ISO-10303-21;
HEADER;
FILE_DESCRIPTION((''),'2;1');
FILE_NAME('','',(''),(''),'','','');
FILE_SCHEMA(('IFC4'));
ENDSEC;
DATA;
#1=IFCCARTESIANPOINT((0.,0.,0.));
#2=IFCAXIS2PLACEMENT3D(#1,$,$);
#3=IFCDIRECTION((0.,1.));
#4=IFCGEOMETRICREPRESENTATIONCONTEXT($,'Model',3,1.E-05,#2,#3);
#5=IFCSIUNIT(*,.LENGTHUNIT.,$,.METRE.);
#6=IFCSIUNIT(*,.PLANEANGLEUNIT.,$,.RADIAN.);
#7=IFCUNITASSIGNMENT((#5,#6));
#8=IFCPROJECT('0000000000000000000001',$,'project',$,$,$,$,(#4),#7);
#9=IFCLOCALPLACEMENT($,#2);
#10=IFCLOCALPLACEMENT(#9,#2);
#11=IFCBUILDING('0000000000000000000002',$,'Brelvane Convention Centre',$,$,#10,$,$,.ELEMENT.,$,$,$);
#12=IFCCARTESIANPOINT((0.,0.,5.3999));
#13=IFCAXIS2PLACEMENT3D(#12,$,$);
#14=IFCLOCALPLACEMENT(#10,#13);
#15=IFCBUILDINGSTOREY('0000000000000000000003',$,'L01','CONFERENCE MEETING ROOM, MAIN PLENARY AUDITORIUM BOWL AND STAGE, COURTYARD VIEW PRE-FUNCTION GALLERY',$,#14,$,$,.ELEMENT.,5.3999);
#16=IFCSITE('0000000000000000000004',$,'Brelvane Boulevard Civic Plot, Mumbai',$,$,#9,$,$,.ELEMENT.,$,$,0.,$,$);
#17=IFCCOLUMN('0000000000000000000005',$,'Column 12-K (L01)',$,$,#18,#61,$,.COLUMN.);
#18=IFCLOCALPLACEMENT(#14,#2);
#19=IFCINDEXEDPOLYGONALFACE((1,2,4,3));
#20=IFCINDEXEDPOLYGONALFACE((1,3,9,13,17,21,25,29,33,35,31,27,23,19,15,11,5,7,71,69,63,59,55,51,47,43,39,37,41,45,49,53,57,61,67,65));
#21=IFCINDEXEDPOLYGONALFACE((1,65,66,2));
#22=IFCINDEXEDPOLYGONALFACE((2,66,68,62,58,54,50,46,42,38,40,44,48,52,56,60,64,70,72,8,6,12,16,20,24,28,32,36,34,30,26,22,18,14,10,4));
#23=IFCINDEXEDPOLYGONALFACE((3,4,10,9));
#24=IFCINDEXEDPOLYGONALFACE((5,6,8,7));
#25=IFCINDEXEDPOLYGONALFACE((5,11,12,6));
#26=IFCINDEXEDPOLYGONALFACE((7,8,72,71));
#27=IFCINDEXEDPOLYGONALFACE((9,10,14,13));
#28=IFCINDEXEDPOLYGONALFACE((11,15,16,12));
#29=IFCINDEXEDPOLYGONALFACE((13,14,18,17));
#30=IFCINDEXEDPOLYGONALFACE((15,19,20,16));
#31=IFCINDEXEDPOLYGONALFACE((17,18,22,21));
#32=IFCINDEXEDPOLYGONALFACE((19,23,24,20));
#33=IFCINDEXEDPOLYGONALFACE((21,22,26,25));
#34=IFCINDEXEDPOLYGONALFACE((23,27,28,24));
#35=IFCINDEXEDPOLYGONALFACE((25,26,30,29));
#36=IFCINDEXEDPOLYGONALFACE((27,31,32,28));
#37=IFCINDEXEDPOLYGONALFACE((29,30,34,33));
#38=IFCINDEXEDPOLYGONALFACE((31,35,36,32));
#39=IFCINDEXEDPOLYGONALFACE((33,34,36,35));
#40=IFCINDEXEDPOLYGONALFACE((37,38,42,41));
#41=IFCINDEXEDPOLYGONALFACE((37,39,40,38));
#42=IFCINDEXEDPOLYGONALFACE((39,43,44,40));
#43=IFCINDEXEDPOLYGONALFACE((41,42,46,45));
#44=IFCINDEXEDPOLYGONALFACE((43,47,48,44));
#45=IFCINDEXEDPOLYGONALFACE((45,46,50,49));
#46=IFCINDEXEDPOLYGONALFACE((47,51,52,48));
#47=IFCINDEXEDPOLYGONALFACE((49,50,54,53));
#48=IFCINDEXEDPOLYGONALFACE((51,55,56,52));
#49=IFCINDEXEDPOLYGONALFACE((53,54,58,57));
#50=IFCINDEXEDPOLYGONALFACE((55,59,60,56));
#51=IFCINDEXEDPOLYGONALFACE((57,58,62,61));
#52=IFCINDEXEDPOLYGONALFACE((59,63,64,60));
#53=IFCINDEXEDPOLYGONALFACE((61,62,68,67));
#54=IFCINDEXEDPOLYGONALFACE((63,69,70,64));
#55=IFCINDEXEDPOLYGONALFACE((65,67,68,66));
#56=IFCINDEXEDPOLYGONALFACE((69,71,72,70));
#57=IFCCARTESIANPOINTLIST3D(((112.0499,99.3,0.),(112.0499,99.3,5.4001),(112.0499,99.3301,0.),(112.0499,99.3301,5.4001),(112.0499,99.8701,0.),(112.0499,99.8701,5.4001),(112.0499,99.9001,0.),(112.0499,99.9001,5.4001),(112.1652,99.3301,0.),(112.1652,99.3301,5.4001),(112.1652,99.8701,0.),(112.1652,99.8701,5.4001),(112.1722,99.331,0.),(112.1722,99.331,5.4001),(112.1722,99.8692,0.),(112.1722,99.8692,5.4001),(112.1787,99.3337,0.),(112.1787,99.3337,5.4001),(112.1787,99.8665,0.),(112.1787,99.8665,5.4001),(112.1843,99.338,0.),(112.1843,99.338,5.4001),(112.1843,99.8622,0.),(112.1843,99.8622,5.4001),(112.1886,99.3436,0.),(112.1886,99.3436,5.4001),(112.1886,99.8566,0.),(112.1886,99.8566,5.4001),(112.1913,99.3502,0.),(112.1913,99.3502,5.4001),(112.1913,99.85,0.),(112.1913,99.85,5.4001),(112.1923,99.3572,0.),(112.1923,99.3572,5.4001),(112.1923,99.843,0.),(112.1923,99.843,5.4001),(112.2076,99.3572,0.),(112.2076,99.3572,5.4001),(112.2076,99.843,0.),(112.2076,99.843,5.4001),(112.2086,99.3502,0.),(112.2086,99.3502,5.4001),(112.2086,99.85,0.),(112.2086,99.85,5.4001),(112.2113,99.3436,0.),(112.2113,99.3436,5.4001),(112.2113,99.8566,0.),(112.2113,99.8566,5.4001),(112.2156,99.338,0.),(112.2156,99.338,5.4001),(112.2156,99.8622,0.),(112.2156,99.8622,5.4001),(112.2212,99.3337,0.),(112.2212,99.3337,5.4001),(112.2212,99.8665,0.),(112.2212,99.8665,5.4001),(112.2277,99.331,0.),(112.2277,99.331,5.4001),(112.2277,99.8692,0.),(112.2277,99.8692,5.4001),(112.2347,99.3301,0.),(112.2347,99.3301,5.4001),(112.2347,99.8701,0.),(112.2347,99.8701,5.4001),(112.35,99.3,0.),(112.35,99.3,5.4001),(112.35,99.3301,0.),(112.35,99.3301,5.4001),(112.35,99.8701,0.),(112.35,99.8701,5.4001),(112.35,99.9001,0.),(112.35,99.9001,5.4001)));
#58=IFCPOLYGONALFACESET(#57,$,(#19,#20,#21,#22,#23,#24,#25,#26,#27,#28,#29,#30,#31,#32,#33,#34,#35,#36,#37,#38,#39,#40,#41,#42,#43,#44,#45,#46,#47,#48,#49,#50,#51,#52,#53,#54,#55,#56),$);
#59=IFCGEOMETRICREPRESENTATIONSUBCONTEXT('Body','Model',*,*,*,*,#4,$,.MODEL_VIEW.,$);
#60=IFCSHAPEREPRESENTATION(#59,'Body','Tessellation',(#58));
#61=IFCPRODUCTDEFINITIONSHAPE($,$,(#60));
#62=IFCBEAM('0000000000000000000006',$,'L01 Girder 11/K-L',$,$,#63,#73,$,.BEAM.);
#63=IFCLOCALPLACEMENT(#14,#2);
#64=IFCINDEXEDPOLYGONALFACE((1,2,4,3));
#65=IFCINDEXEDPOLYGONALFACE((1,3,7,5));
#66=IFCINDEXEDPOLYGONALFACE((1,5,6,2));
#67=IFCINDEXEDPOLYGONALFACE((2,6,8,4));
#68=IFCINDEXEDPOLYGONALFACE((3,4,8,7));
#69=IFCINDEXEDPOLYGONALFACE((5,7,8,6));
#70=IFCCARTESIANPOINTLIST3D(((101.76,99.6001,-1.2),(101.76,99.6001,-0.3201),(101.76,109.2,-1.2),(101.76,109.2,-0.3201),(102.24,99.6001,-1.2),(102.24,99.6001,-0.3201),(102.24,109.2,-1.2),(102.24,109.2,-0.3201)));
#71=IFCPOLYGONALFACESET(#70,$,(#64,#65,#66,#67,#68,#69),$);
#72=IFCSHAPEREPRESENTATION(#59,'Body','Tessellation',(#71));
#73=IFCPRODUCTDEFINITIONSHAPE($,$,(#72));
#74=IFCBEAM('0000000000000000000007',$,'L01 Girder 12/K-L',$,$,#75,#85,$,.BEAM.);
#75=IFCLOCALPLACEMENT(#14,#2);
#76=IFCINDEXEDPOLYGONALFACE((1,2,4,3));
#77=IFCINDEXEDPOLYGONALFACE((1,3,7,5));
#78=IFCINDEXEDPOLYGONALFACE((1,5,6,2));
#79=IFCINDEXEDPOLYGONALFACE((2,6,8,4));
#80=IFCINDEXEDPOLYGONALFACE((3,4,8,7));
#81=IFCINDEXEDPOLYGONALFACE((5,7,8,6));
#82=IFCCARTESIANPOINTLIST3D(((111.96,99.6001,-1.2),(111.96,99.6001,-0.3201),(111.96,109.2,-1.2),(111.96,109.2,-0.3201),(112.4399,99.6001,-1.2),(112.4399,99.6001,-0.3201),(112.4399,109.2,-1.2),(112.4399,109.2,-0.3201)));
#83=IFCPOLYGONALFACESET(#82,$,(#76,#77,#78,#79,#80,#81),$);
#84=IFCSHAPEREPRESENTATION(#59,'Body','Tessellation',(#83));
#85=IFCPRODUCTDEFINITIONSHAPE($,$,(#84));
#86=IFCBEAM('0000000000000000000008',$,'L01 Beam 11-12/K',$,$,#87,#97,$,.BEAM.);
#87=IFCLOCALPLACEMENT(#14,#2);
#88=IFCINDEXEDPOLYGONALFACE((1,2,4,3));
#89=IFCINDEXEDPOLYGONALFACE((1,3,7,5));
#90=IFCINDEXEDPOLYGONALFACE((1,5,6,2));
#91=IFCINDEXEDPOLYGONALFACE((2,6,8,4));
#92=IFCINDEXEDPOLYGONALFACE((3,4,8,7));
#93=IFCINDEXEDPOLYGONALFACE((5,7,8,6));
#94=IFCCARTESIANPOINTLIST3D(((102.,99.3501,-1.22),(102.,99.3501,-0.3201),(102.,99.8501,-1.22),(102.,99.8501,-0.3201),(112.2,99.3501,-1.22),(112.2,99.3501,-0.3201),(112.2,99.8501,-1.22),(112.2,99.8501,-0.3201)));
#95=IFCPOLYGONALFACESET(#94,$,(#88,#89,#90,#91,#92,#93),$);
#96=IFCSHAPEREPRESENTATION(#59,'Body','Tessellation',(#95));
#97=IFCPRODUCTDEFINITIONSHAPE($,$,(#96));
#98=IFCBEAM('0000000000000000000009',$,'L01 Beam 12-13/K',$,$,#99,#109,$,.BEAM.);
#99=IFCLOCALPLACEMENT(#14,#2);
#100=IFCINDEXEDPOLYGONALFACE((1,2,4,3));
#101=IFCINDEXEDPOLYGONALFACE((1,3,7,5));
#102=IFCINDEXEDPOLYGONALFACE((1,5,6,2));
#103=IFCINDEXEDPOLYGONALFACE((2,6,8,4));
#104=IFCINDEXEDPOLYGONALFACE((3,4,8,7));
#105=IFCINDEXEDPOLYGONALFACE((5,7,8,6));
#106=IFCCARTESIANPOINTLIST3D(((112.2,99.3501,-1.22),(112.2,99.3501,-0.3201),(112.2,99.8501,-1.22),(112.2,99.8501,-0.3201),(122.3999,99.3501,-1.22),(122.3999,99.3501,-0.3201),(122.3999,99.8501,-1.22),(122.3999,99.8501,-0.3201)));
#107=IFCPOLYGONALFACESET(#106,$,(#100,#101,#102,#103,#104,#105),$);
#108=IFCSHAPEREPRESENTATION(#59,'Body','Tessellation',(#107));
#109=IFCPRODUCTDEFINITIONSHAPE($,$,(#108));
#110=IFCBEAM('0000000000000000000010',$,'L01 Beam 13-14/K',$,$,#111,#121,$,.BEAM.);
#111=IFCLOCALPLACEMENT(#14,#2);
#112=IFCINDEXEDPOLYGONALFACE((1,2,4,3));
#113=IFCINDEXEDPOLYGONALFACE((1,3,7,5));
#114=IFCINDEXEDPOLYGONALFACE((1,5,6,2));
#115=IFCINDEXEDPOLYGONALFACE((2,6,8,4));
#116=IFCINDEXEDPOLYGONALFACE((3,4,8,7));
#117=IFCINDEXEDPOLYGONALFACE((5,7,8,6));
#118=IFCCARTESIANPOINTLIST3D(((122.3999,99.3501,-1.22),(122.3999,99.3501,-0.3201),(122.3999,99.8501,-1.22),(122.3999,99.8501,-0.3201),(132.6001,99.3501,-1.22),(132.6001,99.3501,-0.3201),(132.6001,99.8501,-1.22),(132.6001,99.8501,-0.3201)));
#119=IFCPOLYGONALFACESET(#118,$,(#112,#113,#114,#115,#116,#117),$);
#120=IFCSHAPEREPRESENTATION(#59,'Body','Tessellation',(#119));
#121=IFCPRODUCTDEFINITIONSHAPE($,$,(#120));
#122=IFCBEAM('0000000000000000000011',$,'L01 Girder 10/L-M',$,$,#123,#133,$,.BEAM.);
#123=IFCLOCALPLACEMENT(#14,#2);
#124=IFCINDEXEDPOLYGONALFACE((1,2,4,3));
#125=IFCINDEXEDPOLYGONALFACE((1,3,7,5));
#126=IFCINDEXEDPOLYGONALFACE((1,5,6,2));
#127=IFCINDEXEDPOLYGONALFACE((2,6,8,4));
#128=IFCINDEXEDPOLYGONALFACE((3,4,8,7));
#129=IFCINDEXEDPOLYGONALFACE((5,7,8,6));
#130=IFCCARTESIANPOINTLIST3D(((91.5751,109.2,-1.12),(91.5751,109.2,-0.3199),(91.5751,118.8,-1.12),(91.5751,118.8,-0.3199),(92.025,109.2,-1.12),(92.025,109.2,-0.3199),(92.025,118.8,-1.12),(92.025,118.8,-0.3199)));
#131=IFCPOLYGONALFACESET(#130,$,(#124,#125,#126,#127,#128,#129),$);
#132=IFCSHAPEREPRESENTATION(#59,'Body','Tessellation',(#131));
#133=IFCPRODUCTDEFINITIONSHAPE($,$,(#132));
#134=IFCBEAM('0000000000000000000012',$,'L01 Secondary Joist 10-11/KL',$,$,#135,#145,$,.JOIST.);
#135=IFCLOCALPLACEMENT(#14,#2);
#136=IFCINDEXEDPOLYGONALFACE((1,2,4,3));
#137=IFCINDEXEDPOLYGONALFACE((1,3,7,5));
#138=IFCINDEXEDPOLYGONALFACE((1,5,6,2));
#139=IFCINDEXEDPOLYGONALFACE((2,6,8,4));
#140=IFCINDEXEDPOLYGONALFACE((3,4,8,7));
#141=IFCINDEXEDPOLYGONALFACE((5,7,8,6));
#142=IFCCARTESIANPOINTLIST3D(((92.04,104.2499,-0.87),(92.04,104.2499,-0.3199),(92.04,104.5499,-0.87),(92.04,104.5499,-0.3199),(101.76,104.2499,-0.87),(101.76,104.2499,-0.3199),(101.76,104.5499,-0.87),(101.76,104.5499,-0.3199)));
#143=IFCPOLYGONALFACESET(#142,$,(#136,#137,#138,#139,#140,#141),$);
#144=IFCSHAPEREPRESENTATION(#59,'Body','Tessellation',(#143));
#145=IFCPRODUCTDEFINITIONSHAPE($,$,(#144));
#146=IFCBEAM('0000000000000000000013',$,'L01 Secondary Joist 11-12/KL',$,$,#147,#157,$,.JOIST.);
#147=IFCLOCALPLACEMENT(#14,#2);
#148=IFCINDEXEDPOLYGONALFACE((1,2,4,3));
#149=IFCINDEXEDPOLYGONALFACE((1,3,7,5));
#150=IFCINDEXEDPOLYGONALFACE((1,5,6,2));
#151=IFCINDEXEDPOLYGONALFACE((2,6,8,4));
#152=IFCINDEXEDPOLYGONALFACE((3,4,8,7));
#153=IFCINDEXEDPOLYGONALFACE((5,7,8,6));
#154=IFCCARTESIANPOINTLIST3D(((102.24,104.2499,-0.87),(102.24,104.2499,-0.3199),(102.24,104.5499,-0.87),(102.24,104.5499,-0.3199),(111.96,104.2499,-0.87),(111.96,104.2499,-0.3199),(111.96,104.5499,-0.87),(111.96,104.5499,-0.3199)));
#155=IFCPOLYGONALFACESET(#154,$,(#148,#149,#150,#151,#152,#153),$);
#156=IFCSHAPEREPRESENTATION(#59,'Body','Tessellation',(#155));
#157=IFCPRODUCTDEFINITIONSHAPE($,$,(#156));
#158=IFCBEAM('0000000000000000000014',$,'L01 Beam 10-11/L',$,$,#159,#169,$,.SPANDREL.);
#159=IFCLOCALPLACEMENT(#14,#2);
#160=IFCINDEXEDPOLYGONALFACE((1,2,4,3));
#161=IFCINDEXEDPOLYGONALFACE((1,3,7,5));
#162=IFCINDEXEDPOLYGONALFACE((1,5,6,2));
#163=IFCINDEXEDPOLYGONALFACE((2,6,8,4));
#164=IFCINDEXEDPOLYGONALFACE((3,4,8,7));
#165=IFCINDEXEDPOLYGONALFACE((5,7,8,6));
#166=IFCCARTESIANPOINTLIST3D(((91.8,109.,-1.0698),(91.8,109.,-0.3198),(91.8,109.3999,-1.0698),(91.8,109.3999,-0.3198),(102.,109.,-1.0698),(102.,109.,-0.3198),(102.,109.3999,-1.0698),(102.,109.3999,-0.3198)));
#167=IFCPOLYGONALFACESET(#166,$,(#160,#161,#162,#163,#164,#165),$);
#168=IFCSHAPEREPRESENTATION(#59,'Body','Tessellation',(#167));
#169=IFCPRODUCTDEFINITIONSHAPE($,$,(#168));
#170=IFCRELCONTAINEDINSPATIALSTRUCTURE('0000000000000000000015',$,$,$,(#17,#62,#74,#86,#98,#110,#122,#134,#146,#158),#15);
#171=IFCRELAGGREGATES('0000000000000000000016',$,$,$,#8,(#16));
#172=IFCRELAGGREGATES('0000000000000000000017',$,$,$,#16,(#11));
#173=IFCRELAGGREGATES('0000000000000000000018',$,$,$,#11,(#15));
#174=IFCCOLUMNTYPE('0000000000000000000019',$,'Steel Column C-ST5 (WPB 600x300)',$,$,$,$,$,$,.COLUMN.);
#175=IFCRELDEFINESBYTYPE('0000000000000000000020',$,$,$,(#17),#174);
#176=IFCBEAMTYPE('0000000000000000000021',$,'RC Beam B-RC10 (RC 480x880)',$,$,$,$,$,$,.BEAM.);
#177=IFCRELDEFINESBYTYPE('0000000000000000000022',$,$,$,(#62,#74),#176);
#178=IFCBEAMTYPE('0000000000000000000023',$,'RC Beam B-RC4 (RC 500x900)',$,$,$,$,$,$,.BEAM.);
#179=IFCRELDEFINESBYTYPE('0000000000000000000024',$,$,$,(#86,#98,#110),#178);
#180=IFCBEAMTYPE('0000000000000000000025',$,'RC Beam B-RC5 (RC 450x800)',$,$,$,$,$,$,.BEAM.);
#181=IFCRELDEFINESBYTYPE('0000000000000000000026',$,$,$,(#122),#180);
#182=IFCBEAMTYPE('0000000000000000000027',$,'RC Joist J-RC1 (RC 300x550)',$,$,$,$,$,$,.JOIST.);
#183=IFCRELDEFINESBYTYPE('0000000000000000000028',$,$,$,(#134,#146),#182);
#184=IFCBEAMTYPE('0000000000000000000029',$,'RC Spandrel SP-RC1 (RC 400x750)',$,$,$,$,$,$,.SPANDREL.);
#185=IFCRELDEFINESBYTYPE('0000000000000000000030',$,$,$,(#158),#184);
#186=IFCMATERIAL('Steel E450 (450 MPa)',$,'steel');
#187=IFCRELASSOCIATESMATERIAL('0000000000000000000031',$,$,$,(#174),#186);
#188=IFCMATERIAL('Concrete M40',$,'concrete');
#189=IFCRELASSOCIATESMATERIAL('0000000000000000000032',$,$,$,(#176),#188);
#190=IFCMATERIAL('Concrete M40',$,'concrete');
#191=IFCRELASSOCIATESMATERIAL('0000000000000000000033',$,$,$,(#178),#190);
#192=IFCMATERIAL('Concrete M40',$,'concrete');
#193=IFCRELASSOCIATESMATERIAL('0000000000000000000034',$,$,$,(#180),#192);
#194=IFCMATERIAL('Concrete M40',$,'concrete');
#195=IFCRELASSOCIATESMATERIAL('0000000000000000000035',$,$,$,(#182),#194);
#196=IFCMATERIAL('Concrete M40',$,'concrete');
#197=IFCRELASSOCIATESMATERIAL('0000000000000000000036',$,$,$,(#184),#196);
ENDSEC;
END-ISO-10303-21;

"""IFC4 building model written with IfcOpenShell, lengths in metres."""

from ifc_helpers import new_model, si_unit, direction, frame, origin, origin_2d, place, context, subcontext, project, spatial, rectangle, i_section, extrude, material, material_profile, profile_set, type_object, element, save


model = new_model("IFC4")

# Units and contexts
model_context = context("Model", 3, precision=1e-05, world=origin(), true_north=direction((0.0, 1.0)))
body_context = subcontext(model_context, "Body", "Model", "MODEL_VIEW")
ifc_project = project(units=[si_unit("LENGTHUNIT", "METRE"), si_unit("PLANEANGLEUNIT", "RADIAN")], contexts=[model_context])

# Site, building, storey
site_placement = place(None, origin())
site = spatial("IfcSite", under=ifc_project, at=site_placement, Name="Brelvane Boulevard Civic Plot, Mumbai", CompositionType="ELEMENT", RefElevation=0.0)
building_placement = place(site_placement, origin())
building = spatial("IfcBuilding", under=site, at=building_placement, Name="Brelvane Convention Centre", CompositionType="ELEMENT")
storey_placement = place(building_placement, frame((0.0, 0.0, 5.3999)))
storey = spatial("IfcBuildingStorey", under=building, at=storey_placement, Name="L01", Description="CONFERENCE MEETING ROOM, MAIN PLENARY AUDITORIUM BOWL AND STAGE, COURTYARD VIEW PRE-FUNCTION GALLERY", CompositionType="ELEMENT", Elevation=5.3999)

# Column
ifc_material_1 = material(Name="Steel E450 (450 MPa)", Category="steel")
ifc_material_profile_1 = material_profile(ifc_material_1, i_section(OverallWidth=0.3, OverallDepth=0.6001, WebThickness=0.0154, FlangeThickness=0.03, FilletRadius=0.0271, at=origin_2d()), Name="WPB 600x300")
ifc_profile_set_1 = profile_set([ifc_material_profile_1], Name="Steel E450 (450 MPa)")
column_type_1 = type_object("IfcColumnType", Name="Steel Column C-ST5 (WPB 600x300)", PredefinedType="COLUMN", material=ifc_profile_set_1)
column_1_placement = place(storey_placement, frame((112.2, 99.6001, 0.0), z_axis=(0.0, 0.0, 1.0), x_axis=(1.0, 0.0, 0.0)))
element("IfcColumn", 1, at=column_1_placement, inside=storey, type_object=column_type_1, Name="Column 12-K (L01)", PredefinedType="COLUMN", context=body_context, shape_type="SweptSolid", body=[
    extrude(i_section(OverallWidth=0.3, OverallDepth=0.6001, WebThickness=0.0154, FlangeThickness=0.03, FilletRadius=0.0271, at=origin_2d()), origin(), (0.0, 0.0, 1.0), 5.4001),
])

# Beams
ifc_material_2 = material(Name="Concrete M40", Category="concrete")
ifc_material_profile_2 = material_profile(ifc_material_2, rectangle(XDim=0.48, YDim=0.8799, at=origin_2d()), Name="RC 480x880")
ifc_profile_set_2 = profile_set([ifc_material_profile_2], Name="Concrete M40")
beam_type_1 = type_object("IfcBeamType", Name="RC Beam B-RC10 (RC 480x880)", PredefinedType="BEAM", material=ifc_profile_set_2)
for number, where, z_axis, x_axis, name in (
    (2, (102.0, 99.6001, -0.76), (0.0, 1.0, 0.0), (-1.0, 0.0, 0.0), "L01 Girder 11/K-L"),
    (3, (112.2, 99.6001, -0.76), (0.0, 1.0, 0.0), (-1.0, 0.0, 0.0), "L01 Girder 12/K-L"),
):
    element("IfcBeam", number, at=place(storey_placement, frame(where, z_axis=z_axis, x_axis=x_axis)), inside=storey, type_object=beam_type_1, Name=name, PredefinedType="BEAM", context=body_context, shape_type="SweptSolid", body=[
        extrude(rectangle(XDim=0.48, YDim=0.8799, at=origin_2d()), origin(), (0.0, 0.0, 1.0), 9.5999),
    ])
ifc_material_3 = material(Name="Concrete M40", Category="concrete")
ifc_material_profile_3 = material_profile(ifc_material_3, rectangle(XDim=0.5, YDim=0.8999, at=origin_2d()), Name="RC 500x900")
ifc_profile_set_3 = profile_set([ifc_material_profile_3], Name="Concrete M40")
beam_type_2 = type_object("IfcBeamType", Name="RC Beam B-RC4 (RC 500x900)", PredefinedType="BEAM", material=ifc_profile_set_3)
for number, where, z_axis, x_axis, name in (
    (4, (102.0, 99.6001, -0.77), (1.0, 0.0, 0.0), (0.0, 1.0, 0.0), "L01 Beam 11-12/K"),
    (5, (112.2, 99.6001, -0.77), (1.0, 0.0, 0.0), (0.0, 1.0, 0.0), "L01 Beam 12-13/K"),
):
    element("IfcBeam", number, at=place(storey_placement, frame(where, z_axis=z_axis, x_axis=x_axis)), inside=storey, type_object=beam_type_2, Name=name, PredefinedType="BEAM", context=body_context, shape_type="SweptSolid", body=[
        extrude(rectangle(XDim=0.5, YDim=0.8999, at=origin_2d()), origin(), (0.0, 0.0, 1.0), 10.2),
    ])
beam_1_placement = place(storey_placement, frame((122.3999, 99.6001, -0.77), z_axis=(1.0, 0.0, 0.0), x_axis=(0.0, 1.0, 0.0)))
element("IfcBeam", 6, at=beam_1_placement, inside=storey, type_object=beam_type_2, Name="L01 Beam 13-14/K", PredefinedType="BEAM", context=body_context, shape_type="SweptSolid", body=[
    extrude(rectangle(XDim=0.5, YDim=0.8999, at=origin_2d()), origin(), (0.0, 0.0, 1.0), 10.2002),
])
ifc_material_4 = material(Name="Concrete M40", Category="concrete")
ifc_material_profile_4 = material_profile(ifc_material_4, rectangle(XDim=0.45, YDim=0.8, at=origin_2d()), Name="RC 450x800")
ifc_profile_set_4 = profile_set([ifc_material_profile_4], Name="Concrete M40")
beam_type_3 = type_object("IfcBeamType", Name="RC Beam B-RC5 (RC 450x800)", PredefinedType="BEAM", material=ifc_profile_set_4)
beam_2_placement = place(storey_placement, frame((91.8, 109.2, -0.72), z_axis=(0.0, 1.0, 0.0), x_axis=(-1.0, 0.0, 0.0)))
element("IfcBeam", 7, at=beam_2_placement, inside=storey, type_object=beam_type_3, Name="L01 Girder 10/L-M", PredefinedType="BEAM", context=body_context, shape_type="SweptSolid", body=[
    extrude(rectangle(XDim=0.45, YDim=0.8, at=origin_2d()), origin(), (0.0, 0.0, 1.0), 9.6001),
])
ifc_material_5 = material(Name="Concrete M40", Category="concrete")
ifc_material_profile_5 = material_profile(ifc_material_5, rectangle(XDim=0.3, YDim=0.55, at=origin_2d()), Name="RC 300x550")
ifc_profile_set_5 = profile_set([ifc_material_profile_5], Name="Concrete M40")
beam_type_4 = type_object("IfcBeamType", Name="RC Joist J-RC1 (RC 300x550)", PredefinedType="JOIST", material=ifc_profile_set_5)
for number, where, z_axis, x_axis, name in (
    (8, (92.04, 104.3999, -0.595), (1.0, 0.0, 0.0), (0.0, 1.0, 0.0), "L01 Secondary Joist 10-11/KL"),
    (9, (102.24, 104.3999, -0.595), (1.0, 0.0, 0.0), (0.0, 1.0, 0.0), "L01 Secondary Joist 11-12/KL"),
):
    element("IfcBeam", number, at=place(storey_placement, frame(where, z_axis=z_axis, x_axis=x_axis)), inside=storey, type_object=beam_type_4, Name=name, PredefinedType="JOIST", context=body_context, shape_type="SweptSolid", body=[
        extrude(rectangle(XDim=0.3, YDim=0.55, at=origin_2d()), origin(), (0.0, 0.0, 1.0), 9.72),
    ])
ifc_material_6 = material(Name="Concrete M40", Category="concrete")
ifc_material_profile_6 = material_profile(ifc_material_6, rectangle(XDim=0.3999, YDim=0.75, at=origin_2d()), Name="RC 400x750")
ifc_profile_set_6 = profile_set([ifc_material_profile_6], Name="Concrete M40")
beam_type_5 = type_object("IfcBeamType", Name="RC Spandrel SP-RC1 (RC 400x750)", PredefinedType="SPANDREL", material=ifc_profile_set_6)
beam_3_placement = place(storey_placement, frame((91.8, 109.2, -0.6948), z_axis=(1.0, 0.0, 0.0), x_axis=(0.0, 1.0, 0.0)))
element("IfcBeam", 10, at=beam_3_placement, inside=storey, type_object=beam_type_5, Name="L01 Beam 10-11/L", PredefinedType="SPANDREL", context=body_context, shape_type="SweptSolid", body=[
    extrude(rectangle(XDim=0.3999, YDim=0.75, at=origin_2d()), origin(), (0.0, 0.0, 1.0), 10.2),
])

save(model, "model.ifc")
